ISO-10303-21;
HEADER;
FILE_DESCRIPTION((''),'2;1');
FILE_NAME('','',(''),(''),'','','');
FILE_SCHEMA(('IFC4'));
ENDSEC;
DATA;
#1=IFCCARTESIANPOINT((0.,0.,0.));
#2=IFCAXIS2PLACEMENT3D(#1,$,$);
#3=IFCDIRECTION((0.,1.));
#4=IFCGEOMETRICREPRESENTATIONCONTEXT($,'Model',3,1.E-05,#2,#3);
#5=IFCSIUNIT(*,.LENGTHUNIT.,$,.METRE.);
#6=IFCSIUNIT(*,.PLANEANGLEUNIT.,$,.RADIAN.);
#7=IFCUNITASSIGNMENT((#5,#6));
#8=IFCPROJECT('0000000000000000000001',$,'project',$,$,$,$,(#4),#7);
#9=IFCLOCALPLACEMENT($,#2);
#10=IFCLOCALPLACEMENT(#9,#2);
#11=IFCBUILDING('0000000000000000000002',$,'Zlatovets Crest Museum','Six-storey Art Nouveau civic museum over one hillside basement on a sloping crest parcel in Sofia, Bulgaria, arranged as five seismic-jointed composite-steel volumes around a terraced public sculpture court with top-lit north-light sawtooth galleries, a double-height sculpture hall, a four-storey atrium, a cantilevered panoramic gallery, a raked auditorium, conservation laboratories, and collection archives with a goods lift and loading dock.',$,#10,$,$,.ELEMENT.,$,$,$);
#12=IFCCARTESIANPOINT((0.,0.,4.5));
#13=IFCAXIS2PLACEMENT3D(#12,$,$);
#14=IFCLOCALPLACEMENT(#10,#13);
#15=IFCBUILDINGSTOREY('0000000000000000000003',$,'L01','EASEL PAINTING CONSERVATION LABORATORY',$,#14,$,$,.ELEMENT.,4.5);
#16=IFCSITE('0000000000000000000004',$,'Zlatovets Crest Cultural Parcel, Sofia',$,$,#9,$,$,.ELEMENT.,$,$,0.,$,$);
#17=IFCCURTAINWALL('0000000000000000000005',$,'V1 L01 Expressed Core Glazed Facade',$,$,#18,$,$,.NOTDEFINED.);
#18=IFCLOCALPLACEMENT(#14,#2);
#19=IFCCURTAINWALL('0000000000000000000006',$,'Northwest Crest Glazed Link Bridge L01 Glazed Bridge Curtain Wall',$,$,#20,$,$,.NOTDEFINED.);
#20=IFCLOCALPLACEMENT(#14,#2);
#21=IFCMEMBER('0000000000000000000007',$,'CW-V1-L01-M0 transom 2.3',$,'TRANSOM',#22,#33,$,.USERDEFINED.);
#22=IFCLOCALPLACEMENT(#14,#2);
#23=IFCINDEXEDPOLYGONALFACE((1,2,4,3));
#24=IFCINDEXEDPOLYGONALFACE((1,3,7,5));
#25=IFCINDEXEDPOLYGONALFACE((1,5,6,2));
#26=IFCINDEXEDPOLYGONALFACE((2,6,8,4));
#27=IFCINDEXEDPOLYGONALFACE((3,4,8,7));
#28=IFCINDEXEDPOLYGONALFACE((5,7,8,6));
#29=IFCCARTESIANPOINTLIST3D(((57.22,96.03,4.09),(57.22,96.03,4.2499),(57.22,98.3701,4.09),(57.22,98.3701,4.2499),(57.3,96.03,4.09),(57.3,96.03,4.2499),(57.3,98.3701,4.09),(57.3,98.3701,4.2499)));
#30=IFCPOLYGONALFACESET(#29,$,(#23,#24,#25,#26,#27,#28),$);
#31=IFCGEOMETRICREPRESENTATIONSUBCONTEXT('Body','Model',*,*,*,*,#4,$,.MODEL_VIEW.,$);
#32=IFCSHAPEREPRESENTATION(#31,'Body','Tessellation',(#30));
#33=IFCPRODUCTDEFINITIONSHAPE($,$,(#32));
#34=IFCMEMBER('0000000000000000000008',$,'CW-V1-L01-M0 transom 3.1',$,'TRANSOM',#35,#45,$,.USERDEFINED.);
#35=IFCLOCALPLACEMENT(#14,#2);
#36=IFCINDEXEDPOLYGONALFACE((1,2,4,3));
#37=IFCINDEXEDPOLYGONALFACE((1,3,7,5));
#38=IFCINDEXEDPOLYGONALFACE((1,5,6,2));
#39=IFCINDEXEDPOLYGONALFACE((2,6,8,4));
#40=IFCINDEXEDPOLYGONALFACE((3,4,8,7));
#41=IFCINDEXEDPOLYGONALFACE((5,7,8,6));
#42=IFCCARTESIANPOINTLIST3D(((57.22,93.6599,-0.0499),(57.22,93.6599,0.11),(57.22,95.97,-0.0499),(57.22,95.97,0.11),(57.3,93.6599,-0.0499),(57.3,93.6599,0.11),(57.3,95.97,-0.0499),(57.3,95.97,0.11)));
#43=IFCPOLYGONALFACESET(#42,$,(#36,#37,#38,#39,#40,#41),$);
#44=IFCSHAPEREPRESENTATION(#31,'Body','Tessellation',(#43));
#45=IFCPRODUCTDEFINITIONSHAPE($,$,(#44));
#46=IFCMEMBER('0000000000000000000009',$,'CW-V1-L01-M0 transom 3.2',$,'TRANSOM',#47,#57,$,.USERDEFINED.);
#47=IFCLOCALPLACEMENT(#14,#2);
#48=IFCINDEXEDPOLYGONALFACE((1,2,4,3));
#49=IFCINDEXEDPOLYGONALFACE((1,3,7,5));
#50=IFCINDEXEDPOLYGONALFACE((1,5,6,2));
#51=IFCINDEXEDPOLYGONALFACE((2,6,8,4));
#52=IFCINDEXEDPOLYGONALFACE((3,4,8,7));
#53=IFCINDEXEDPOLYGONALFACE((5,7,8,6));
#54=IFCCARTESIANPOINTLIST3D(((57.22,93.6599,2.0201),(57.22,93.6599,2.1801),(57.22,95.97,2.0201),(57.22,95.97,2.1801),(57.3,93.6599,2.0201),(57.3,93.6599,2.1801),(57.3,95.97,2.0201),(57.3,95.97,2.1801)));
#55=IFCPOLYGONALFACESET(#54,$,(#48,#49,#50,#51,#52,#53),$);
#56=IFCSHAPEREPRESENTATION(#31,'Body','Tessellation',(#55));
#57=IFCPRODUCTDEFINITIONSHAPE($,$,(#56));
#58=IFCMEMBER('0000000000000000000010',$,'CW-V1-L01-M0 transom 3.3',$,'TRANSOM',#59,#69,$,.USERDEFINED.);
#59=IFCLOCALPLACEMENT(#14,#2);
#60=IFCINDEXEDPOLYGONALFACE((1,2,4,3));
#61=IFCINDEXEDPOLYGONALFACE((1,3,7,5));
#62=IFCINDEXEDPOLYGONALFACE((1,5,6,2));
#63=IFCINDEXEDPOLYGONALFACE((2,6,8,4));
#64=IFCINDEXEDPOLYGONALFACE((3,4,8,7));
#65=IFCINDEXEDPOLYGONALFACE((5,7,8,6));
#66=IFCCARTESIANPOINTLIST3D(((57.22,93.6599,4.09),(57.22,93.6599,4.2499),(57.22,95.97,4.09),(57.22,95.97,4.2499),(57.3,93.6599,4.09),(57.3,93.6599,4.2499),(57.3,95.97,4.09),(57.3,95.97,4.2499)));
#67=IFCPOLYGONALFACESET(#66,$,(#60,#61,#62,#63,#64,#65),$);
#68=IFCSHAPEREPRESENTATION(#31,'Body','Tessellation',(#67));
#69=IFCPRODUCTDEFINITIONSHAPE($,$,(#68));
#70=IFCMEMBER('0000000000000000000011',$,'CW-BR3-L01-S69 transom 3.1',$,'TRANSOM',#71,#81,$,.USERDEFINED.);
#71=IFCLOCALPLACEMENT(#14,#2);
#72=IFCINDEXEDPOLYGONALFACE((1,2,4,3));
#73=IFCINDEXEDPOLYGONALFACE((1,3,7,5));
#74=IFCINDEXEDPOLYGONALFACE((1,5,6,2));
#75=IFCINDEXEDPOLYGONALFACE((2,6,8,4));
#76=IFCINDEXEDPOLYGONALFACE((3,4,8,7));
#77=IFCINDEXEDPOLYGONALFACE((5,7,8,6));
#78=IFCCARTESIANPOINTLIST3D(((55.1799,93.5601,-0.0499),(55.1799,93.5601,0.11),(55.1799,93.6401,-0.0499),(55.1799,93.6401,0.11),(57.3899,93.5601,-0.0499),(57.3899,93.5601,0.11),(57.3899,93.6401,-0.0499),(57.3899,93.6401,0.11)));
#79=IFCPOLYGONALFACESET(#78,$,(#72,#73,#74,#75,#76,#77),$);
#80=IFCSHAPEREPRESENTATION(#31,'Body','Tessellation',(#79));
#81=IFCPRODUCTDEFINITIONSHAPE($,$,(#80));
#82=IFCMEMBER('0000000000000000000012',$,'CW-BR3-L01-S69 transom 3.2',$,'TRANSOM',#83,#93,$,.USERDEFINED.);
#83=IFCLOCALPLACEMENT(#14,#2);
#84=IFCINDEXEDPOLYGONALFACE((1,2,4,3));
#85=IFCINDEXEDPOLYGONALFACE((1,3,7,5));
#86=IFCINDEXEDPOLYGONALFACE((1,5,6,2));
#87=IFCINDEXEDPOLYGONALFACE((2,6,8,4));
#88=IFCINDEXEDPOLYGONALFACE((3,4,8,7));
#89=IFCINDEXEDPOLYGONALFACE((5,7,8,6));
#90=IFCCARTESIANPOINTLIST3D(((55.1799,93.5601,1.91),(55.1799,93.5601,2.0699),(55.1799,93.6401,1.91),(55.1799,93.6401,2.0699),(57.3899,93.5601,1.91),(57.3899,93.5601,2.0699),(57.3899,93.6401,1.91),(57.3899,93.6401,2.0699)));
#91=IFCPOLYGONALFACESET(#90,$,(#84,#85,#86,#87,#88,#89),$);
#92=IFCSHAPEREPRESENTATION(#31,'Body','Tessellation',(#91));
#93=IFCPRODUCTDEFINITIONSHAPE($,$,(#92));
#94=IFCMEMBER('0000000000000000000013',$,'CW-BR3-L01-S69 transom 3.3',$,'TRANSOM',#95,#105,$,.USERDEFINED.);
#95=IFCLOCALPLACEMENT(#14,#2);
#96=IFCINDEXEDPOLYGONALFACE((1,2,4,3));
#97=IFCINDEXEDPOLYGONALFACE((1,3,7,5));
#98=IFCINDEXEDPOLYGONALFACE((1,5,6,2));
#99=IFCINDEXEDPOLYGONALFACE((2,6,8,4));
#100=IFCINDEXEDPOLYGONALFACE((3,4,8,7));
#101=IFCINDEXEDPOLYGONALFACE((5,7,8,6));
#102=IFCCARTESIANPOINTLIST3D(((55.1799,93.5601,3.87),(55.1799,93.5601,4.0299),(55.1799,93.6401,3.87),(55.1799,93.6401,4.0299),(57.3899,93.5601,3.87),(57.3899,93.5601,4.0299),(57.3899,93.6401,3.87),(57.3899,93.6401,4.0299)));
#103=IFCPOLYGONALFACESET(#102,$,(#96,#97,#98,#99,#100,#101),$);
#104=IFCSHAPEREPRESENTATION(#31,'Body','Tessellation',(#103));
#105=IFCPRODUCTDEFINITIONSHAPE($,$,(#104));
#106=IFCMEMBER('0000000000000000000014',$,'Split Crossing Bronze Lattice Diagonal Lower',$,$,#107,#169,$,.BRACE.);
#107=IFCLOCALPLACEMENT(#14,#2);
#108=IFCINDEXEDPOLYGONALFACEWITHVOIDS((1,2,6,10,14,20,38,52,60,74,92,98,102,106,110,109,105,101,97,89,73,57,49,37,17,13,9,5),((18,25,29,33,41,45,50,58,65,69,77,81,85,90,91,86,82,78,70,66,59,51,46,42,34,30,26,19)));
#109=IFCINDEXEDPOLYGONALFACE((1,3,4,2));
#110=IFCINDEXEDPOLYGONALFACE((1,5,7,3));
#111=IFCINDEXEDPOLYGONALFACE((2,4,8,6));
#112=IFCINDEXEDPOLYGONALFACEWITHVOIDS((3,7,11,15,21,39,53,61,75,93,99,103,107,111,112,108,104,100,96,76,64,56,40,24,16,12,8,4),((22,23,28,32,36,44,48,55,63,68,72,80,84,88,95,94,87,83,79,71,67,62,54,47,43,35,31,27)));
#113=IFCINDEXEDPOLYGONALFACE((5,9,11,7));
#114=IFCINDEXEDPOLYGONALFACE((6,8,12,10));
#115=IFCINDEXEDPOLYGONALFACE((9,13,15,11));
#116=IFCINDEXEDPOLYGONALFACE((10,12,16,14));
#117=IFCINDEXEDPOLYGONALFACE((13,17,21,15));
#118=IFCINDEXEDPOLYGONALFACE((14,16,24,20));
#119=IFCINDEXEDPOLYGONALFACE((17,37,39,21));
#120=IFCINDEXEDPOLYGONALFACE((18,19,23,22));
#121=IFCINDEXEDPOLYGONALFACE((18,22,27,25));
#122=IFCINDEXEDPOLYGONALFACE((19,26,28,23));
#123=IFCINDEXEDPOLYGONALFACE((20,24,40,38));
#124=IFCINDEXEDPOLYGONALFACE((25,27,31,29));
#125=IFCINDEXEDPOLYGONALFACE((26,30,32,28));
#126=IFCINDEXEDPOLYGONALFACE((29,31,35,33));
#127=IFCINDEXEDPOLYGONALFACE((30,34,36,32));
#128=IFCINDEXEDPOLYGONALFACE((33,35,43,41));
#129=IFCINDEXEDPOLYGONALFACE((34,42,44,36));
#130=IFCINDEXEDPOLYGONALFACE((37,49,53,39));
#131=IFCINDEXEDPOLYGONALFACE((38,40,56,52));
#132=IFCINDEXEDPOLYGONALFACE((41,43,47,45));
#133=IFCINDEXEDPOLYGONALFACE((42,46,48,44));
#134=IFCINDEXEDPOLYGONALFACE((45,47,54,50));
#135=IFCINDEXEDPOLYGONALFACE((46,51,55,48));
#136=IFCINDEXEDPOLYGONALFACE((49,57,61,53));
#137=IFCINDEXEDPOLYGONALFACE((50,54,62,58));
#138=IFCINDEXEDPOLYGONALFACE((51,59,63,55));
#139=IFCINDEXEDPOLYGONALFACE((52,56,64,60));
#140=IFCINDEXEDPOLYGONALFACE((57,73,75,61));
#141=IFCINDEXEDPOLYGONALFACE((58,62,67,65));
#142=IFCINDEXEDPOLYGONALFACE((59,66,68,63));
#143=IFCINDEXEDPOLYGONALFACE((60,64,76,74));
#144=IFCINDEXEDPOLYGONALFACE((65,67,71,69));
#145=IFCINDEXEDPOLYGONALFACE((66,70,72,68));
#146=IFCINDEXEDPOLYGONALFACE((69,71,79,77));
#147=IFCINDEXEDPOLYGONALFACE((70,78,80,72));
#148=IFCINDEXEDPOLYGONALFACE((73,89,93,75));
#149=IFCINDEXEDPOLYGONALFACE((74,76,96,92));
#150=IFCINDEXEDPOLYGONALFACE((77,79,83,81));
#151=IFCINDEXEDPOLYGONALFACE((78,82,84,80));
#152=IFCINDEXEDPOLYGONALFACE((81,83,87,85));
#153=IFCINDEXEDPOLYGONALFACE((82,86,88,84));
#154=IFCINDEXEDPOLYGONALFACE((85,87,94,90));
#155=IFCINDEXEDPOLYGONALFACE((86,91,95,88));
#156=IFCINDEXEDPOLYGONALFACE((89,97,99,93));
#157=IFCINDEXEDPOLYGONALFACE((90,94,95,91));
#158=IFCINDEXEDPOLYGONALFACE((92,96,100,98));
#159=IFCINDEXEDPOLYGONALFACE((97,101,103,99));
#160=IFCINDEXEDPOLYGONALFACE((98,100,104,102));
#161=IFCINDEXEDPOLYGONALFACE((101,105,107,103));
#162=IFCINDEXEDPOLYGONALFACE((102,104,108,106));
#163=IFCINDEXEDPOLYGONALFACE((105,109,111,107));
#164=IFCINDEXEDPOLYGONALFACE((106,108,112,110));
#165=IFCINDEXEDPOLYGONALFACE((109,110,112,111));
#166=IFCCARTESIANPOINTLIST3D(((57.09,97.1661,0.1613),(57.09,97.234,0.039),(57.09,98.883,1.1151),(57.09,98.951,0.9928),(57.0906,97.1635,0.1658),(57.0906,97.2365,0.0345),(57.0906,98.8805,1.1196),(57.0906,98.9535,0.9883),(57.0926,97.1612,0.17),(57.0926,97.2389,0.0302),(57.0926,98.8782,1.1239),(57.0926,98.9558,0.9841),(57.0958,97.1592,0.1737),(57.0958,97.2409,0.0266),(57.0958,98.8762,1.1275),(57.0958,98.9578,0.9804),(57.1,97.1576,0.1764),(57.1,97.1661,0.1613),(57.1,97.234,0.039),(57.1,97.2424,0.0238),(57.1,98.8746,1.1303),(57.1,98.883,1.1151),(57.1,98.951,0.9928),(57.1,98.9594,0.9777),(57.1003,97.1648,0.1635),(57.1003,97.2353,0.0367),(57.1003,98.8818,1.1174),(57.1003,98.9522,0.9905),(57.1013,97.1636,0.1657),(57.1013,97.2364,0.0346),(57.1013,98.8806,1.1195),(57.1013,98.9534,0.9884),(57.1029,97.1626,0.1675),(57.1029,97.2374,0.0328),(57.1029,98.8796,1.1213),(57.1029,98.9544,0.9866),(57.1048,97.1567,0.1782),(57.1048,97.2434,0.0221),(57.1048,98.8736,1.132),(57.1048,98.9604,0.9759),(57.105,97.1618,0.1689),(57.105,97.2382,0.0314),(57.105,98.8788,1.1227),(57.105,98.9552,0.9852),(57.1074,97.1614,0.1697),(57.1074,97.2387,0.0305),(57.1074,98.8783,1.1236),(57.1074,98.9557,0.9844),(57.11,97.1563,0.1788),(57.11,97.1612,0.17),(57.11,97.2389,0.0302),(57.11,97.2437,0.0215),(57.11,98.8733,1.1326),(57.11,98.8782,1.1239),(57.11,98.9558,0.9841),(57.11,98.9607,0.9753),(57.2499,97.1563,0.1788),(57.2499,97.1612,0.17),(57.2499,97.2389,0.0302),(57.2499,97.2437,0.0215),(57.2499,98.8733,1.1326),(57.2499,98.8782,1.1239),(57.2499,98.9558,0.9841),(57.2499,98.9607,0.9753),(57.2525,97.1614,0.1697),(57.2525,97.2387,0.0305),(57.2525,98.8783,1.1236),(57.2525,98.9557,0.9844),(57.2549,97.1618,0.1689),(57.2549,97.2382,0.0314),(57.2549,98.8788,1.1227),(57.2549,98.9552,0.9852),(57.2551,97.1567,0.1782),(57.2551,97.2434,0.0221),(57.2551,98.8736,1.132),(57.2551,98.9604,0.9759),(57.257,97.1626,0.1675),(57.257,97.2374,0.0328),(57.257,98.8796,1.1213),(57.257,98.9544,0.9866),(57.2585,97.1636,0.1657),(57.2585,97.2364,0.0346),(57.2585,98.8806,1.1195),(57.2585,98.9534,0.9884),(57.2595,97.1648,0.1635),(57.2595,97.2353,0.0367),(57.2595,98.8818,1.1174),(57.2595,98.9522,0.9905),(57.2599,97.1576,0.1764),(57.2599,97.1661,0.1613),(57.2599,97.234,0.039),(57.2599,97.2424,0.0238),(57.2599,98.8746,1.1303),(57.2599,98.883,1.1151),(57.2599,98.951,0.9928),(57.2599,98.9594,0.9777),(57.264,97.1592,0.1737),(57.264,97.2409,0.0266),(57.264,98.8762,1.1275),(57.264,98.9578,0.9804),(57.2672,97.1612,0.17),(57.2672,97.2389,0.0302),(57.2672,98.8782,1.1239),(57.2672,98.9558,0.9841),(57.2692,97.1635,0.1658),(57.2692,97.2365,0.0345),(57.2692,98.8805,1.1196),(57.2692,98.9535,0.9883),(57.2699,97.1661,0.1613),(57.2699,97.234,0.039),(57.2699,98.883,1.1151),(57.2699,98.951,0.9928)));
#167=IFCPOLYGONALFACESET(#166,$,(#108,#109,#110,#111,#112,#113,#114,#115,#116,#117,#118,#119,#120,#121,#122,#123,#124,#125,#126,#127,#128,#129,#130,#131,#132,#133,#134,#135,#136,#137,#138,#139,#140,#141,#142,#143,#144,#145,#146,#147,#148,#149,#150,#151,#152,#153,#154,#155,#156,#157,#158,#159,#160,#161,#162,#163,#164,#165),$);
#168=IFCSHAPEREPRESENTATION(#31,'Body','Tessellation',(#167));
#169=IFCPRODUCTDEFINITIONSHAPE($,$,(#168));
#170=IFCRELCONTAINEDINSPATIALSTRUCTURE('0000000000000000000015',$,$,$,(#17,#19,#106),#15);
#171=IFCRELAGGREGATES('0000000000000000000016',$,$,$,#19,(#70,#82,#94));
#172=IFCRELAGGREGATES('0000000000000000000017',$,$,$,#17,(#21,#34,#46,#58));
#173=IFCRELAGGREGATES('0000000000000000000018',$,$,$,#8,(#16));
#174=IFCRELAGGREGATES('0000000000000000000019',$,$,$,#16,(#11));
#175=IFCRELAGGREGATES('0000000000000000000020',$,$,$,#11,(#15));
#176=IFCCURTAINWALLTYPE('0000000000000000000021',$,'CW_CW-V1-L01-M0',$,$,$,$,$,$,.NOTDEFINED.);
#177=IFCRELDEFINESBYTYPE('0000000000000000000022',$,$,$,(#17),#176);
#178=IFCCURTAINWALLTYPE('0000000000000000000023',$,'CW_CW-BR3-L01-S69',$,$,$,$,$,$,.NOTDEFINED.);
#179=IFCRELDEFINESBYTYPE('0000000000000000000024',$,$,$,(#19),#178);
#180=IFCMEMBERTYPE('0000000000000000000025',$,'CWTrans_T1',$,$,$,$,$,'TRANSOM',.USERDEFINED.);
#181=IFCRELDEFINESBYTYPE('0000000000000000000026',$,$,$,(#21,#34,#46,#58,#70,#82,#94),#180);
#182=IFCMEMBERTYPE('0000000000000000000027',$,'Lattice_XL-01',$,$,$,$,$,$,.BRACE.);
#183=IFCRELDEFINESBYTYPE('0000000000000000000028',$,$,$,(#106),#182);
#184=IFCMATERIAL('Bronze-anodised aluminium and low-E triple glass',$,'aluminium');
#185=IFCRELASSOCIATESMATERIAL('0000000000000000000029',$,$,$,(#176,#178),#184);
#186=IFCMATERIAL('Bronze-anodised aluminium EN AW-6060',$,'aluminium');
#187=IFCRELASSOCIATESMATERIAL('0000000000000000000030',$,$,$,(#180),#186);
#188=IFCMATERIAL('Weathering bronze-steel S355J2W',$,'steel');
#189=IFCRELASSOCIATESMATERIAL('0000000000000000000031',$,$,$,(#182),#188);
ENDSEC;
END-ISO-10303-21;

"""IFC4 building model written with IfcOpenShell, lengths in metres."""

from ifc_helpers import new_model, si_unit, direction, frame, origin, origin_2d, place, context, subcontext, project, spatial, rectangle, hollow_rectangle, extrude, material, material_profile, profile_set, type_object, element, aggregate, save


model = new_model("IFC4")

# Units and contexts
model_context = context("Model", 3, precision=1e-05, world=origin(), true_north=direction((0.0, 1.0)))
body_context = subcontext(model_context, "Body", "Model", "MODEL_VIEW")
ifc_project = project(units=[si_unit("LENGTHUNIT", "METRE"), si_unit("PLANEANGLEUNIT", "RADIAN")], contexts=[model_context])

# Site, building, storey
site_placement = place(None, origin())
site = spatial("IfcSite", under=ifc_project, at=site_placement, Name="Zlatovets Crest Cultural Parcel, Sofia", CompositionType="ELEMENT", RefElevation=0.0)
building_placement = place(site_placement, origin())
building = spatial("IfcBuilding", under=site, at=building_placement, Name="Zlatovets Crest Museum", Description="Six-storey Art Nouveau civic museum over one hillside basement on a sloping crest parcel in Sofia, Bulgaria, arranged as five seismic-jointed composite-steel volumes around a terraced public sculpture court with top-lit north-light sawtooth galleries, a double-height sculpture hall, a four-storey atrium, a cantilevered panoramic gallery, a raked auditorium, conservation laboratories, and collection archives with a goods lift and loading dock.", CompositionType="ELEMENT")
storey_placement = place(building_placement, frame((0.0, 0.0, 4.5)))
storey = spatial("IfcBuildingStorey", under=building, at=storey_placement, Name="L01", Description="EASEL PAINTING CONSERVATION LABORATORY", CompositionType="ELEMENT", Elevation=4.5)

# Curtain walls
ifc_material_1 = material(Name="Bronze-anodised aluminium and low-E triple glass", Category="aluminium")
curtain_wall_type_1 = type_object("IfcCurtainWallType", Name="CW_CW-V1-L01-M0", PredefinedType="NOTDEFINED", material=ifc_material_1)
curtain_wall_1_placement = place(storey_placement, origin())
curtain_wall_1 = element("IfcCurtainWall", 1, at=curtain_wall_1_placement, inside=storey, type_object=curtain_wall_type_1, Name="V1 L01 Expressed Core Glazed Facade", PredefinedType="NOTDEFINED")
ifc_material_2 = material(Name="Bronze-anodised aluminium EN AW-6060", Category="aluminium")
curtain_wall_type_2 = type_object("IfcCurtainWallType", Name="CW_CW-BR3-L01-S69", PredefinedType="NOTDEFINED", material=ifc_material_1)
curtain_wall_2_placement = place(storey_placement, origin())
curtain_wall_2 = element("IfcCurtainWall", 2, at=curtain_wall_2_placement, inside=storey, type_object=curtain_wall_type_2, Name="Northwest Crest Glazed Link Bridge L01 Glazed Bridge Curtain Wall", PredefinedType="NOTDEFINED")

# Members
ifc_material_profile_1 = material_profile(ifc_material_2, rectangle(XDim=0.0801, YDim=0.1599, at=origin_2d()), Name="ALU 80x160")
ifc_profile_set_1 = profile_set([ifc_material_profile_1], Name="Bronze-anodised aluminium EN AW-6060")
member_type_1 = type_object("IfcMemberType", Name="CWTrans_T1", ElementType="TRANSOM", PredefinedType="USERDEFINED", material=ifc_profile_set_1)
member_1_placement = place(storey_placement, frame((57.26, 98.3701, 4.1699), z_axis=(0.0, -1.0, 0.0), x_axis=(1.0, 0.0, 0.0)))
member_1 = element("IfcMember", 3, at=member_1_placement, type_object=member_type_1, Name="CW-V1-L01-M0 transom 2.3", ObjectType="TRANSOM", PredefinedType="USERDEFINED", context=body_context, shape_type="SweptSolid", body=[
    extrude(rectangle(XDim=0.0801, YDim=0.1599, at=origin_2d()), origin(), (0.0, 0.0, 1.0), 2.3401),
])
member_2_placement = place(storey_placement, frame((57.26, 95.97, 0.03), z_axis=(0.0, -1.0, 0.0), x_axis=(1.0, 0.0, 0.0)))
member_2 = element("IfcMember", 4, at=member_2_placement, type_object=member_type_1, Name="CW-V1-L01-M0 transom 3.1", ObjectType="TRANSOM", PredefinedType="USERDEFINED", context=body_context, shape_type="SweptSolid", body=[
    extrude(rectangle(XDim=0.0801, YDim=0.1599, at=origin_2d()), origin(), (0.0, 0.0, 1.0), 2.3101),
])
member_3_placement = place(storey_placement, frame((57.26, 95.97, 2.1001), z_axis=(0.0, -1.0, 0.0), x_axis=(1.0, 0.0, 0.0)))
member_3 = element("IfcMember", 5, at=member_3_placement, type_object=member_type_1, Name="CW-V1-L01-M0 transom 3.2", ObjectType="TRANSOM", PredefinedType="USERDEFINED", context=body_context, shape_type="SweptSolid", body=[
    extrude(rectangle(XDim=0.0801, YDim=0.1599, at=origin_2d()), origin(), (0.0, 0.0, 1.0), 2.3101),
])
member_4_placement = place(storey_placement, frame((57.26, 95.97, 4.1699), z_axis=(0.0, -1.0, 0.0), x_axis=(1.0, 0.0, 0.0)))
member_4 = element("IfcMember", 6, at=member_4_placement, type_object=member_type_1, Name="CW-V1-L01-M0 transom 3.3", ObjectType="TRANSOM", PredefinedType="USERDEFINED", context=body_context, shape_type="SweptSolid", body=[
    extrude(rectangle(XDim=0.0801, YDim=0.1599, at=origin_2d()), origin(), (0.0, 0.0, 1.0), 2.3101),
])
member_5_placement = place(storey_placement, frame((55.1799, 93.6001, 0.03), z_axis=(1.0, 0.0, 0.0), x_axis=(0.0, 1.0, 0.0)))
member_5 = element("IfcMember", 7, at=member_5_placement, type_object=member_type_1, Name="CW-BR3-L01-S69 transom 3.1", ObjectType="TRANSOM", PredefinedType="USERDEFINED", context=body_context, shape_type="SweptSolid", body=[
    extrude(rectangle(XDim=0.0801, YDim=0.1599, at=origin_2d()), origin(), (0.0, 0.0, 1.0), 2.21),
])
member_6_placement = place(storey_placement, frame((55.1799, 93.6001, 1.99), z_axis=(1.0, 0.0, 0.0), x_axis=(0.0, 1.0, 0.0)))
member_6 = element("IfcMember", 8, at=member_6_placement, type_object=member_type_1, Name="CW-BR3-L01-S69 transom 3.2", ObjectType="TRANSOM", PredefinedType="USERDEFINED", context=body_context, shape_type="SweptSolid", body=[
    extrude(rectangle(XDim=0.0801, YDim=0.1599, at=origin_2d()), origin(), (0.0, 0.0, 1.0), 2.21),
])
member_7_placement = place(storey_placement, frame((55.1799, 93.6001, 3.95), z_axis=(1.0, 0.0, 0.0), x_axis=(0.0, 1.0, 0.0)))
member_7 = element("IfcMember", 9, at=member_7_placement, type_object=member_type_1, Name="CW-BR3-L01-S69 transom 3.3", ObjectType="TRANSOM", PredefinedType="USERDEFINED", context=body_context, shape_type="SweptSolid", body=[
    extrude(rectangle(XDim=0.0801, YDim=0.1599, at=origin_2d()), origin(), (0.0, 0.0, 1.0), 2.21),
])

# Member
ifc_material_3 = material(Name="Weathering bronze-steel S355J2W", Category="steel")
ifc_material_profile_2 = material_profile(ifc_material_3, hollow_rectangle(XDim=0.1799, YDim=0.1799, WallThickness=0.01, InnerFilletRadius=0.01, OuterFilletRadius=0.02, at=origin_2d()), Name="SHS 180x180x10.0")
ifc_profile_set_2 = profile_set([ifc_material_profile_2], Name="Weathering bronze-steel S355J2W")
member_type_2 = type_object("IfcMemberType", Name="Lattice_XL-01", PredefinedType="BRACE", material=ifc_profile_set_2)
member_8_placement = place(storey_placement, frame((57.1799, 98.917, 1.054), z_axis=(0.0, -0.874169, -0.485622), x_axis=(1.0, 0.0, 0.0)))
element("IfcMember", 10, at=member_8_placement, inside=storey, type_object=member_type_2, Name="Split Crossing Bronze Lattice Diagonal Lower", PredefinedType="BRACE", context=body_context, shape_type="SweptSolid", body=[
    extrude(hollow_rectangle(XDim=0.1799, YDim=0.1799, WallThickness=0.01, InnerFilletRadius=0.01, OuterFilletRadius=0.02, at=origin_2d()), origin(), (0.0, 0.0, 1.0), 1.9641),
])

aggregate(curtain_wall_2, [member_5, member_6, member_7])
aggregate(curtain_wall_1, [member_1, member_2, member_3, member_4])

save(model, "model.ifc")
